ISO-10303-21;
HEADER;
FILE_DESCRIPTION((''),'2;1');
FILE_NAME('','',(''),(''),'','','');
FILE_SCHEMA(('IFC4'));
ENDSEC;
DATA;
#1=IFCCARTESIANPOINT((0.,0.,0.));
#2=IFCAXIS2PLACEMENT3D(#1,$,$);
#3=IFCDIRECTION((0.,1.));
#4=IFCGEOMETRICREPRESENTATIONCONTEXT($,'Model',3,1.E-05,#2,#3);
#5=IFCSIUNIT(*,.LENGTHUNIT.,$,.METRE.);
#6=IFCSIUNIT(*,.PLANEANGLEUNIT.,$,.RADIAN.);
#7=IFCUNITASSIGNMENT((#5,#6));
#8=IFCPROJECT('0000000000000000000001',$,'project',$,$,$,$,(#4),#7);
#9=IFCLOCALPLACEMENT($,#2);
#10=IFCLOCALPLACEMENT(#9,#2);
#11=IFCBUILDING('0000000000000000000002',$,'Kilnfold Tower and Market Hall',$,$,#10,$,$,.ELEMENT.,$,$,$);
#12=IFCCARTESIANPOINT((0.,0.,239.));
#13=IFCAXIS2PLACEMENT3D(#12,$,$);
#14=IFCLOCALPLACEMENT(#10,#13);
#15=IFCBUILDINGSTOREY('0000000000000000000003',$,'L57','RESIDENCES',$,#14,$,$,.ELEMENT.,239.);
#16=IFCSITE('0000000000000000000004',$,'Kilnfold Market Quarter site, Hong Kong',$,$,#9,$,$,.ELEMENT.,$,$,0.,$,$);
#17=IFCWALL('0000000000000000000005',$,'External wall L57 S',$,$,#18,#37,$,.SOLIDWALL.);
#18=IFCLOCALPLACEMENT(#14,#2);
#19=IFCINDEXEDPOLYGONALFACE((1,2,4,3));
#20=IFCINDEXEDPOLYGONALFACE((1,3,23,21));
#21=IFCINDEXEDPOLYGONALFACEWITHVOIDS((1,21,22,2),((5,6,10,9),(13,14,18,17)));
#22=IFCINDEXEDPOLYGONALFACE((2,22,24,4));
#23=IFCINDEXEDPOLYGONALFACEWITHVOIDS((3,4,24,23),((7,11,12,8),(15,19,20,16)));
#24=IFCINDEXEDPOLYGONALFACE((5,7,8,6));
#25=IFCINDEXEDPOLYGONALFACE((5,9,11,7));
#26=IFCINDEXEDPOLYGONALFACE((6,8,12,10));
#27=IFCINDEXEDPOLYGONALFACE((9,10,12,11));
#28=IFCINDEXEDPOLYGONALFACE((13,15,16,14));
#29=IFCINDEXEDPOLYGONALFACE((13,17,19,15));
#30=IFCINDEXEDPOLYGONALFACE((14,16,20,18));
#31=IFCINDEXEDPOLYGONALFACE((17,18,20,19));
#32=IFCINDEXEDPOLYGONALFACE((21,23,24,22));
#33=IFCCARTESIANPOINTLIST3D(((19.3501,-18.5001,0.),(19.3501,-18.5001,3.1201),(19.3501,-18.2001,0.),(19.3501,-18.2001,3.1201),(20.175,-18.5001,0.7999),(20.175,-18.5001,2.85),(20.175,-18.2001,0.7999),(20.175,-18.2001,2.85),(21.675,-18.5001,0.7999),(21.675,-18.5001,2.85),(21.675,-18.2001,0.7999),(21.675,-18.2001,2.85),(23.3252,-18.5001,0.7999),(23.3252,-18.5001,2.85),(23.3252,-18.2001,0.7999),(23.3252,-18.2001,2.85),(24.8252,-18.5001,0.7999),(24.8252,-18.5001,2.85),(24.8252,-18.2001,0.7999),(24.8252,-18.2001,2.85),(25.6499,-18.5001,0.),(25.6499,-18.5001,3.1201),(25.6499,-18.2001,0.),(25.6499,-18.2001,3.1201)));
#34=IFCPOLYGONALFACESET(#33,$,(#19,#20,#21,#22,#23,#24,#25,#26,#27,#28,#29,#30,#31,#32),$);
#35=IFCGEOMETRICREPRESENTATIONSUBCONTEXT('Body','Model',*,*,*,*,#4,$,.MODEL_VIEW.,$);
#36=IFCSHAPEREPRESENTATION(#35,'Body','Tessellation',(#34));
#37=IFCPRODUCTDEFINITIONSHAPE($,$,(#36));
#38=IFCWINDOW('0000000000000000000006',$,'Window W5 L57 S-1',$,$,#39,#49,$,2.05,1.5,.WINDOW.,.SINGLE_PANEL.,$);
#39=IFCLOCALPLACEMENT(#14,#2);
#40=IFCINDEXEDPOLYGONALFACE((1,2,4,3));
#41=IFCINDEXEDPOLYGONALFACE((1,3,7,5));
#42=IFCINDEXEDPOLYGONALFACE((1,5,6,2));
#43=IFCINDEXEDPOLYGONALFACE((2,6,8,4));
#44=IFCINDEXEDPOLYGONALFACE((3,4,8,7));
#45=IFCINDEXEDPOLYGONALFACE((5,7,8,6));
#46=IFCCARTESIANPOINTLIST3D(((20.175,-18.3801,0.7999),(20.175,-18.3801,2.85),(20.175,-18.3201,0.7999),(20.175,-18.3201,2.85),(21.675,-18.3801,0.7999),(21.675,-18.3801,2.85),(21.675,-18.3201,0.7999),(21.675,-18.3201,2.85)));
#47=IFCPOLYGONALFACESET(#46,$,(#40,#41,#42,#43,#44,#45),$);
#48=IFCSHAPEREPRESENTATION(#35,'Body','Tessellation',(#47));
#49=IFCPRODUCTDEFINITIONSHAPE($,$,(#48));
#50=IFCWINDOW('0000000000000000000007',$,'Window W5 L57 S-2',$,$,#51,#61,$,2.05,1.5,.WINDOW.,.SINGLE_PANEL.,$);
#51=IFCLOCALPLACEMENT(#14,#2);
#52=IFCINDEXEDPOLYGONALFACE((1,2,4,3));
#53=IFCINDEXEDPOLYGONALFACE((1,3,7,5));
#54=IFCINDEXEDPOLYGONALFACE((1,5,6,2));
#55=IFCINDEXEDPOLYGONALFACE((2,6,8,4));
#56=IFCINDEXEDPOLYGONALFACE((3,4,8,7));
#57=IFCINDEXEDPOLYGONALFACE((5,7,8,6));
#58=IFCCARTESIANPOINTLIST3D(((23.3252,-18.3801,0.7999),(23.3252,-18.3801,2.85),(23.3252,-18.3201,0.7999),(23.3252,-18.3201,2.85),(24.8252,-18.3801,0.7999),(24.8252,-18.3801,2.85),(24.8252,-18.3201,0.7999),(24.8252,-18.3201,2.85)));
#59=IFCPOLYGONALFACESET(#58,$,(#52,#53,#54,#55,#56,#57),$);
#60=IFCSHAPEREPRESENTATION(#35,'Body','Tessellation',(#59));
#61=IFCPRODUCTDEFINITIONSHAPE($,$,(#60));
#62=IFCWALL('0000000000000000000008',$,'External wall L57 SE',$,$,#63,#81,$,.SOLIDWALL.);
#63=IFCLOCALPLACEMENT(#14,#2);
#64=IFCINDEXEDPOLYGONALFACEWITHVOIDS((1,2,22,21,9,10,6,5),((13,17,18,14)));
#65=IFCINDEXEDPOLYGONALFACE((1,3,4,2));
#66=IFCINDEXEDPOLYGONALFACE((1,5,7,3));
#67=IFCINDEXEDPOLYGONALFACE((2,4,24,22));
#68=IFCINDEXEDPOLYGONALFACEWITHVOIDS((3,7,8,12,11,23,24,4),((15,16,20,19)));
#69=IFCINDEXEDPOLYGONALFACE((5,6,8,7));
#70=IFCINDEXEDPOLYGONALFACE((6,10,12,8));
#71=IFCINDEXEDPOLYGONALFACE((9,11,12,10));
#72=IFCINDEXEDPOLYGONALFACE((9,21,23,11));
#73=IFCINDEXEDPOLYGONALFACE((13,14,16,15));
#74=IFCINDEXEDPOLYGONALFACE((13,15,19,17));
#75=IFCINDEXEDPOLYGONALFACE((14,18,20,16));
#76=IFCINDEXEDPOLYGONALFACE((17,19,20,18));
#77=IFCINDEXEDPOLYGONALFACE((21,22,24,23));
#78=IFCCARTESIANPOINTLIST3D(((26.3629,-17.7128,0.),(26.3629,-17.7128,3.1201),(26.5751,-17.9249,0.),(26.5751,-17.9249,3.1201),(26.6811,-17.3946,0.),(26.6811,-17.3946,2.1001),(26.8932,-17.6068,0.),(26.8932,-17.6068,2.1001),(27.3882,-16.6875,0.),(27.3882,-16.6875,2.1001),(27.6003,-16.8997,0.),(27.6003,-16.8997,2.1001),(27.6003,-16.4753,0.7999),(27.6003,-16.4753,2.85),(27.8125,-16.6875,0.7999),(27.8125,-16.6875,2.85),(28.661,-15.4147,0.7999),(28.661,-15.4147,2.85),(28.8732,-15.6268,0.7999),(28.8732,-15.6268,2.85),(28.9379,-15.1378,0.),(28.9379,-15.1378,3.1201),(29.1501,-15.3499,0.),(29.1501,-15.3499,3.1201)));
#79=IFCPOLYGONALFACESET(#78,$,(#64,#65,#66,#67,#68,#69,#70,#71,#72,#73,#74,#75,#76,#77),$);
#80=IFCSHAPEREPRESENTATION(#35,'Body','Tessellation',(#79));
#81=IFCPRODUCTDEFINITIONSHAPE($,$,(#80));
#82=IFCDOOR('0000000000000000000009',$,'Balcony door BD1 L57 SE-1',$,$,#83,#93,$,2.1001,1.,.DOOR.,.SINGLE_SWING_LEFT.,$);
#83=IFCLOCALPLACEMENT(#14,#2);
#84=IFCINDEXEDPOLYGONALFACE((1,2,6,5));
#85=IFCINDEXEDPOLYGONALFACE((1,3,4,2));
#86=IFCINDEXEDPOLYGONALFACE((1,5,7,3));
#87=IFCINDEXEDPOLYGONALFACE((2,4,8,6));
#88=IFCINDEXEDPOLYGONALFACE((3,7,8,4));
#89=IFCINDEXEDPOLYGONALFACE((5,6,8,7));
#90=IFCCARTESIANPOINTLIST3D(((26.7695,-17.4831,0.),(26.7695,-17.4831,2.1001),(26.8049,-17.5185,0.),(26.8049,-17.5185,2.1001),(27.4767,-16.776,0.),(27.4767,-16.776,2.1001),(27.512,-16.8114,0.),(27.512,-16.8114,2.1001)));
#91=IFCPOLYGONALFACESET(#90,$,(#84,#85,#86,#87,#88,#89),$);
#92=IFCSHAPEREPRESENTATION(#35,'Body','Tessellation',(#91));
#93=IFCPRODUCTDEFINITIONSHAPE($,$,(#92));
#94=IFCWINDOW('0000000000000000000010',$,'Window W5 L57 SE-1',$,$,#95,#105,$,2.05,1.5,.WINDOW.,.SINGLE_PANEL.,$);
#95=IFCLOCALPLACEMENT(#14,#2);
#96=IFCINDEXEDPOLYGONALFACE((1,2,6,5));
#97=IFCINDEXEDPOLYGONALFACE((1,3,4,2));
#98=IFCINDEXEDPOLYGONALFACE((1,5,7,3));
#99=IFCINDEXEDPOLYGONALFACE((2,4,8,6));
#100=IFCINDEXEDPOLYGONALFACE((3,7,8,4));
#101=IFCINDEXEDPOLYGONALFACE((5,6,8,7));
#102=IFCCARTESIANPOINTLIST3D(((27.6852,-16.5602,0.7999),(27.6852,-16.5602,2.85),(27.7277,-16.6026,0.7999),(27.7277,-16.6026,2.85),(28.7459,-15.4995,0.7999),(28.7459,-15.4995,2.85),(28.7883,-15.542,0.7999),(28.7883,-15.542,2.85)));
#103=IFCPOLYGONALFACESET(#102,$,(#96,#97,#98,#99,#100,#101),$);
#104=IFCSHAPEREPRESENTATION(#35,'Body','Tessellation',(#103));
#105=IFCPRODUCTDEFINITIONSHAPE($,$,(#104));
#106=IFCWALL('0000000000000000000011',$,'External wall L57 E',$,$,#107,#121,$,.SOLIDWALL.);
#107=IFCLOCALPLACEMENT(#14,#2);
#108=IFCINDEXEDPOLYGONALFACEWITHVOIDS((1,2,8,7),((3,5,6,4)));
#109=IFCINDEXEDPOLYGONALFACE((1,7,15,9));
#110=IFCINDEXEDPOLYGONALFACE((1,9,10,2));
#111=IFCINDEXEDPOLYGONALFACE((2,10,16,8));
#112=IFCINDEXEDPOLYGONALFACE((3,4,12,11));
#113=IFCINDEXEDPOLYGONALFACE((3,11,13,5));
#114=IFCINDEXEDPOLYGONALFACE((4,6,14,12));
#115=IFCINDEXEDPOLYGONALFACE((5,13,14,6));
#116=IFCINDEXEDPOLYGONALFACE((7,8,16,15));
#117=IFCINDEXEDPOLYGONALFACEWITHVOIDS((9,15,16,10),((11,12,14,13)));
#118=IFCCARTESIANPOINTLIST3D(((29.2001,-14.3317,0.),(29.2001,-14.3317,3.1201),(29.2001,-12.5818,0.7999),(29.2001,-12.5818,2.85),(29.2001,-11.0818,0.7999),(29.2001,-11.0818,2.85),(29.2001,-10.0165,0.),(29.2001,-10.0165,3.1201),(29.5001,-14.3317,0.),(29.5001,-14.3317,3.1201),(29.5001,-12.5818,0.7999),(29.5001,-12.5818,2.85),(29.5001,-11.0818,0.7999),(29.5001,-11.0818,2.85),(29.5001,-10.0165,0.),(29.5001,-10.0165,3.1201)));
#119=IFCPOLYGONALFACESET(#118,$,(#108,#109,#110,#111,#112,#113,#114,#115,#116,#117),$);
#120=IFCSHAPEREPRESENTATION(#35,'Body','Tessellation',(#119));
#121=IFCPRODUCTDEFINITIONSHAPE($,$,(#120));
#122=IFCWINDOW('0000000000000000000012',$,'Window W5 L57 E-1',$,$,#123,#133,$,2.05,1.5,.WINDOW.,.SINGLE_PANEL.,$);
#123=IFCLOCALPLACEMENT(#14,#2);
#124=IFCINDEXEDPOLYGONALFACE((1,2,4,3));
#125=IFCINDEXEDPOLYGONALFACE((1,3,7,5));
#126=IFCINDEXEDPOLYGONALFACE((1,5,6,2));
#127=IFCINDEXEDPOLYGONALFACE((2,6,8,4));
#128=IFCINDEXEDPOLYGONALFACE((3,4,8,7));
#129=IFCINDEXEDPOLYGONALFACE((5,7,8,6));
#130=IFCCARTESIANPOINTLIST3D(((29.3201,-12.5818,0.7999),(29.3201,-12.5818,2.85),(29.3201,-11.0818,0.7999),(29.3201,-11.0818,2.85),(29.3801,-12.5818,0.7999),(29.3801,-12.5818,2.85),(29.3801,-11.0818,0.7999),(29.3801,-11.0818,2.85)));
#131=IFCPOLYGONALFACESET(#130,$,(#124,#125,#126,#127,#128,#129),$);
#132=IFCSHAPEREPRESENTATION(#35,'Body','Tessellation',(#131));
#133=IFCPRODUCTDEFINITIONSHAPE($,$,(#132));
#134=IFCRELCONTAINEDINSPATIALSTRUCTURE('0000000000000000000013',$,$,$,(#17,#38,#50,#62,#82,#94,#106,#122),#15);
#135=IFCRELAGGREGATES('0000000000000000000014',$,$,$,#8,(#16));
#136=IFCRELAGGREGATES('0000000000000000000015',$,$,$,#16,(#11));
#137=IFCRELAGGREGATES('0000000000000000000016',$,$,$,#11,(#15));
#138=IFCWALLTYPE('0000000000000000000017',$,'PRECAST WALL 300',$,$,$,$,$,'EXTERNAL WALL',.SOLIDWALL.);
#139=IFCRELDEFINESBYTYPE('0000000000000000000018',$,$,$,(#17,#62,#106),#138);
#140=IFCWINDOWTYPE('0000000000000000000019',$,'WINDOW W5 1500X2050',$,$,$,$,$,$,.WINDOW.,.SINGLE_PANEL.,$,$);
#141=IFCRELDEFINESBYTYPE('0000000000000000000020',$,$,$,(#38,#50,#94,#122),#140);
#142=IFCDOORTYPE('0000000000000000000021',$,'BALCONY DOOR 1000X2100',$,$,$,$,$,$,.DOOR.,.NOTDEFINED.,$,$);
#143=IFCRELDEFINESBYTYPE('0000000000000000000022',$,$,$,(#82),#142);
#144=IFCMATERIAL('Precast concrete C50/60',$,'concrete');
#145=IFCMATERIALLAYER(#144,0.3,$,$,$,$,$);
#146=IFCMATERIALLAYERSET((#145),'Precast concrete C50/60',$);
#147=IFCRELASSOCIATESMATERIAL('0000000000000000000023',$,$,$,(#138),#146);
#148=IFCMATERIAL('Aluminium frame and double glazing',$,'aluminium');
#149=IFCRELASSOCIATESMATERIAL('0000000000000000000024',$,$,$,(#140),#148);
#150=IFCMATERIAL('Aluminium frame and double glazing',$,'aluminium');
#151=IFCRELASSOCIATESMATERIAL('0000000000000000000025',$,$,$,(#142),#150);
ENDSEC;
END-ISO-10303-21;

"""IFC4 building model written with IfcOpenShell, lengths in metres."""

from ifc_helpers import new_model, si_unit, direction, frame, frame_2d, origin, place, context, subcontext, project, spatial, rectangle, extrude, source, transform, mapped, material, layer, layer_set, type_object, element, fill, save


model = new_model("IFC4")

# Units and contexts
model_context = context("Model", 3, precision=1e-05, world=origin(), true_north=direction((0.0, 1.0)))
body_context = subcontext(model_context, "Body", "Model", "MODEL_VIEW")
ifc_project = project(units=[si_unit("LENGTHUNIT", "METRE"), si_unit("PLANEANGLEUNIT", "RADIAN")], contexts=[model_context])

# Site, building, storey
site_placement = place(None, origin())
site = spatial("IfcSite", under=ifc_project, at=site_placement, Name="Kilnfold Market Quarter site, Hong Kong", CompositionType="ELEMENT", RefElevation=0.0)
building_placement = place(site_placement, origin())
building = spatial("IfcBuilding", under=site, at=building_placement, Name="Kilnfold Tower and Market Hall", CompositionType="ELEMENT")
storey_placement = place(building_placement, frame((0.0, 0.0, 239.0)))
storey = spatial("IfcBuildingStorey", under=building, at=storey_placement, Name="L57", Description="RESIDENCES", CompositionType="ELEMENT", Elevation=239.0)

# Wall, openings, windows
ifc_material_1 = material(Name="Precast concrete C50/60", Category="concrete")
ifc_layer_1 = layer(ifc_material_1, 0.3)
ifc_layer_set_1 = layer_set([ifc_layer_1], Name="Precast concrete C50/60")
wall_type_1 = type_object("IfcWallType", Name="PRECAST WALL 300", ElementType="EXTERNAL WALL", PredefinedType="SOLIDWALL", material=ifc_layer_set_1)
shared_shape_1 = source(origin(), body_context, "Body", "SweptSolid", [
    extrude(rectangle(XDim=6.2998, YDim=0.3, at=frame_2d((3.1499, 0.0))), origin(), (0.0, 0.0, 1.0), 3.1201),
])
wall_1_placement = place(storey_placement, frame((19.3501, -18.3501, 0.0), z_axis=(0.0, 0.0, 1.0), x_axis=(1.0, 0.0, 0.0)))
wall_1 = element("IfcWall", 1, at=wall_1_placement, inside=storey, type_object=wall_type_1, Name="External wall L57 S", PredefinedType="SOLIDWALL", context=body_context, shape_type="MappedRepresentation", body=[
    mapped(shared_shape_1, transform((0.0, 0.0, 0.0))),
])
opening_1_placement = place(wall_1_placement, frame((0.825, 0.0, 0.8)))
opening_1 = element("IfcOpeningElement", 2, at=opening_1_placement, cuts=wall_1, PredefinedType="OPENING", context=body_context, shape_type="SweptSolid", body=[
    extrude(rectangle(XDim=1.5, YDim=2.05, at=frame_2d((0.75, 1.0249))), frame((0.0, 0.1602, 0.0), z_axis=(0.0, -1.0, 0.0), x_axis=(1.0, 0.0, 0.0)), (0.0, 0.0, 1.0), 0.3201),
])
opening_2_placement = place(wall_1_placement, frame((3.9751, 0.0, 0.8)))
opening_2 = element("IfcOpeningElement", 3, at=opening_2_placement, cuts=wall_1, PredefinedType="OPENING", context=body_context, shape_type="SweptSolid", body=[
    extrude(rectangle(XDim=1.5, YDim=2.05, at=frame_2d((0.75, 1.0249))), frame((0.0, 0.1602, 0.0), z_axis=(0.0, -1.0, 0.0), x_axis=(1.0, 0.0, 0.0)), (0.0, 0.0, 1.0), 0.3201),
])
ifc_material_2 = material(Name="Aluminium frame and double glazing", Category="aluminium")
window_type = type_object("IfcWindowType", Name="WINDOW W5 1500X2050", PartitioningType="SINGLE_PANEL", PredefinedType="WINDOW", material=ifc_material_2)
window_1_placement = place(opening_1_placement, origin())
window_1 = element("IfcWindow", 4, at=window_1_placement, inside=storey, type_object=window_type, Name="Window W5 L57 S-1", OverallHeight=2.05, OverallWidth=1.5, PartitioningType="SINGLE_PANEL", PredefinedType="WINDOW", context=body_context, shape_type="SweptSolid", body=[
    extrude(rectangle(XDim=1.5, YDim=2.05, at=frame_2d((0.75, 1.0249))), frame((0.0, 0.03, 0.0), z_axis=(0.0, -1.0, 0.0), x_axis=(1.0, 0.0, 0.0)), (0.0, 0.0, 1.0), 0.0601),
])
fill(opening_1, window_1)
window_2_placement = place(opening_2_placement, origin())
window_2 = element("IfcWindow", 5, at=window_2_placement, inside=storey, type_object=window_type, Name="Window W5 L57 S-2", OverallHeight=2.05, OverallWidth=1.5, PartitioningType="SINGLE_PANEL", PredefinedType="WINDOW", context=body_context, shape_type="SweptSolid", body=[
    extrude(rectangle(XDim=1.5, YDim=2.05, at=frame_2d((0.75, 1.0249))), frame((0.0, 0.03, 0.0), z_axis=(0.0, -1.0, 0.0), x_axis=(1.0, 0.0, 0.0)), (0.0, 0.0, 1.0), 0.0601),
])
fill(opening_2, window_2)

# Wall, openings, door, window
shared_shape_2 = source(origin(), body_context, "Body", "SweptSolid", [
    extrude(rectangle(XDim=3.6416, YDim=0.3, at=frame_2d((1.8208, 0.0))), origin(), (0.0, 0.0, 1.0), 3.1201),
])
wall_2_placement = place(storey_placement, frame((26.469, -17.8188, 0.0), z_axis=(0.0, 0.0, 1.0), x_axis=(0.707107, 0.707107, 0.0)))
wall_2 = element("IfcWall", 6, at=wall_2_placement, inside=storey, type_object=wall_type_1, Name="External wall L57 SE", PredefinedType="SOLIDWALL", context=body_context, shape_type="MappedRepresentation", body=[
    mapped(shared_shape_2, transform((0.0, 0.0, 0.0))),
])
opening_3_placement = place(wall_2_placement, frame((1.75, 0.0, 0.8)))
opening_3 = element("IfcOpeningElement", 7, at=opening_3_placement, cuts=wall_2, PredefinedType="OPENING", context=body_context, shape_type="SweptSolid", body=[
    extrude(rectangle(XDim=1.5, YDim=2.05, at=frame_2d((0.75, 1.0249))), frame((0.0, 0.1602, 0.0), z_axis=(0.0, -1.0, 0.0), x_axis=(1.0, 0.0, 0.0)), (0.0, 0.0, 1.0), 0.3201),
])
opening_4_placement = place(wall_2_placement, frame((0.45, 0.0, 0.0)))
opening_4 = element("IfcOpeningElement", 8, at=opening_4_placement, cuts=wall_2, PredefinedType="OPENING", context=body_context, shape_type="SweptSolid", body=[
    extrude(rectangle(XDim=1.0, YDim=2.1001, at=frame_2d((0.5, 1.05))), frame((0.0, 0.1602, 0.0), z_axis=(0.0, -1.0, 0.0), x_axis=(1.0, 0.0, 0.0)), (0.0, 0.0, 1.0), 0.3201),
])
ifc_material_3 = material(Name="Aluminium frame and double glazing", Category="aluminium")
door_type = type_object("IfcDoorType", Name="BALCONY DOOR 1000X2100", OperationType="NOTDEFINED", PredefinedType="DOOR", material=ifc_material_3)
door_placement = place(opening_4_placement, origin())
door = element("IfcDoor", 9, at=door_placement, inside=storey, type_object=door_type, Name="Balcony door BD1 L57 SE-1", OperationType="SINGLE_SWING_LEFT", OverallHeight=2.1001, OverallWidth=1.0, PredefinedType="DOOR", context=body_context, shape_type="SweptSolid", body=[
    extrude(rectangle(XDim=1.0, YDim=2.1001, at=frame_2d((0.5, 1.05))), frame((0.0, 0.0249, 0.0), z_axis=(0.0, -1.0, 0.0), x_axis=(1.0, 0.0, 0.0)), (0.0, 0.0, 1.0), 0.05),
])
fill(opening_4, door)
window_3_placement = place(opening_3_placement, origin())
window_3 = element("IfcWindow", 10, at=window_3_placement, inside=storey, type_object=window_type, Name="Window W5 L57 SE-1", OverallHeight=2.05, OverallWidth=1.5, PartitioningType="SINGLE_PANEL", PredefinedType="WINDOW", context=body_context, shape_type="SweptSolid", body=[
    extrude(rectangle(XDim=1.5, YDim=2.05, at=frame_2d((0.75, 1.0249))), frame((0.0, 0.03, 0.0), z_axis=(0.0, -1.0, 0.0), x_axis=(1.0, 0.0, 0.0)), (0.0, 0.0, 1.0), 0.0601),
])
fill(opening_3, window_3)

# Wall, opening, window
shared_shape_3 = source(origin(), body_context, "Body", "SweptSolid", [
    extrude(rectangle(XDim=4.3152, YDim=0.3, at=frame_2d((2.1577, 0.0))), origin(), (0.0, 0.0, 1.0), 3.1201),
])
wall_3_placement = place(storey_placement, frame((29.3501, -14.3318, 0.0), z_axis=(0.0, 0.0, 1.0), x_axis=(0.0, 1.0, 0.0)))
wall_3 = element("IfcWall", 11, at=wall_3_placement, inside=storey, type_object=wall_type_1, Name="External wall L57 E", PredefinedType="SOLIDWALL", context=body_context, shape_type="MappedRepresentation", body=[
    mapped(shared_shape_3, transform((0.0, 0.0, 0.0))),
])
opening_5_placement = place(wall_3_placement, frame((1.75, 0.0, 0.8)))
opening_5 = element("IfcOpeningElement", 12, at=opening_5_placement, cuts=wall_3, PredefinedType="OPENING", context=body_context, shape_type="SweptSolid", body=[
    extrude(rectangle(XDim=1.5, YDim=2.05, at=frame_2d((0.75, 1.0249))), frame((0.0, 0.1602, 0.0), z_axis=(0.0, -1.0, 0.0), x_axis=(1.0, 0.0, 0.0)), (0.0, 0.0, 1.0), 0.3201),
])
window_4_placement = place(opening_5_placement, origin())
window_4 = element("IfcWindow", 13, at=window_4_placement, inside=storey, type_object=window_type, Name="Window W5 L57 E-1", OverallHeight=2.05, OverallWidth=1.5, PartitioningType="SINGLE_PANEL", PredefinedType="WINDOW", context=body_context, shape_type="SweptSolid", body=[
    extrude(rectangle(XDim=1.5, YDim=2.05, at=frame_2d((0.75, 1.0249))), frame((0.0, 0.03, 0.0), z_axis=(0.0, -1.0, 0.0), x_axis=(1.0, 0.0, 0.0)), (0.0, 0.0, 1.0), 0.0601),
])
fill(opening_5, window_4)

save(model, "model.ifc")
